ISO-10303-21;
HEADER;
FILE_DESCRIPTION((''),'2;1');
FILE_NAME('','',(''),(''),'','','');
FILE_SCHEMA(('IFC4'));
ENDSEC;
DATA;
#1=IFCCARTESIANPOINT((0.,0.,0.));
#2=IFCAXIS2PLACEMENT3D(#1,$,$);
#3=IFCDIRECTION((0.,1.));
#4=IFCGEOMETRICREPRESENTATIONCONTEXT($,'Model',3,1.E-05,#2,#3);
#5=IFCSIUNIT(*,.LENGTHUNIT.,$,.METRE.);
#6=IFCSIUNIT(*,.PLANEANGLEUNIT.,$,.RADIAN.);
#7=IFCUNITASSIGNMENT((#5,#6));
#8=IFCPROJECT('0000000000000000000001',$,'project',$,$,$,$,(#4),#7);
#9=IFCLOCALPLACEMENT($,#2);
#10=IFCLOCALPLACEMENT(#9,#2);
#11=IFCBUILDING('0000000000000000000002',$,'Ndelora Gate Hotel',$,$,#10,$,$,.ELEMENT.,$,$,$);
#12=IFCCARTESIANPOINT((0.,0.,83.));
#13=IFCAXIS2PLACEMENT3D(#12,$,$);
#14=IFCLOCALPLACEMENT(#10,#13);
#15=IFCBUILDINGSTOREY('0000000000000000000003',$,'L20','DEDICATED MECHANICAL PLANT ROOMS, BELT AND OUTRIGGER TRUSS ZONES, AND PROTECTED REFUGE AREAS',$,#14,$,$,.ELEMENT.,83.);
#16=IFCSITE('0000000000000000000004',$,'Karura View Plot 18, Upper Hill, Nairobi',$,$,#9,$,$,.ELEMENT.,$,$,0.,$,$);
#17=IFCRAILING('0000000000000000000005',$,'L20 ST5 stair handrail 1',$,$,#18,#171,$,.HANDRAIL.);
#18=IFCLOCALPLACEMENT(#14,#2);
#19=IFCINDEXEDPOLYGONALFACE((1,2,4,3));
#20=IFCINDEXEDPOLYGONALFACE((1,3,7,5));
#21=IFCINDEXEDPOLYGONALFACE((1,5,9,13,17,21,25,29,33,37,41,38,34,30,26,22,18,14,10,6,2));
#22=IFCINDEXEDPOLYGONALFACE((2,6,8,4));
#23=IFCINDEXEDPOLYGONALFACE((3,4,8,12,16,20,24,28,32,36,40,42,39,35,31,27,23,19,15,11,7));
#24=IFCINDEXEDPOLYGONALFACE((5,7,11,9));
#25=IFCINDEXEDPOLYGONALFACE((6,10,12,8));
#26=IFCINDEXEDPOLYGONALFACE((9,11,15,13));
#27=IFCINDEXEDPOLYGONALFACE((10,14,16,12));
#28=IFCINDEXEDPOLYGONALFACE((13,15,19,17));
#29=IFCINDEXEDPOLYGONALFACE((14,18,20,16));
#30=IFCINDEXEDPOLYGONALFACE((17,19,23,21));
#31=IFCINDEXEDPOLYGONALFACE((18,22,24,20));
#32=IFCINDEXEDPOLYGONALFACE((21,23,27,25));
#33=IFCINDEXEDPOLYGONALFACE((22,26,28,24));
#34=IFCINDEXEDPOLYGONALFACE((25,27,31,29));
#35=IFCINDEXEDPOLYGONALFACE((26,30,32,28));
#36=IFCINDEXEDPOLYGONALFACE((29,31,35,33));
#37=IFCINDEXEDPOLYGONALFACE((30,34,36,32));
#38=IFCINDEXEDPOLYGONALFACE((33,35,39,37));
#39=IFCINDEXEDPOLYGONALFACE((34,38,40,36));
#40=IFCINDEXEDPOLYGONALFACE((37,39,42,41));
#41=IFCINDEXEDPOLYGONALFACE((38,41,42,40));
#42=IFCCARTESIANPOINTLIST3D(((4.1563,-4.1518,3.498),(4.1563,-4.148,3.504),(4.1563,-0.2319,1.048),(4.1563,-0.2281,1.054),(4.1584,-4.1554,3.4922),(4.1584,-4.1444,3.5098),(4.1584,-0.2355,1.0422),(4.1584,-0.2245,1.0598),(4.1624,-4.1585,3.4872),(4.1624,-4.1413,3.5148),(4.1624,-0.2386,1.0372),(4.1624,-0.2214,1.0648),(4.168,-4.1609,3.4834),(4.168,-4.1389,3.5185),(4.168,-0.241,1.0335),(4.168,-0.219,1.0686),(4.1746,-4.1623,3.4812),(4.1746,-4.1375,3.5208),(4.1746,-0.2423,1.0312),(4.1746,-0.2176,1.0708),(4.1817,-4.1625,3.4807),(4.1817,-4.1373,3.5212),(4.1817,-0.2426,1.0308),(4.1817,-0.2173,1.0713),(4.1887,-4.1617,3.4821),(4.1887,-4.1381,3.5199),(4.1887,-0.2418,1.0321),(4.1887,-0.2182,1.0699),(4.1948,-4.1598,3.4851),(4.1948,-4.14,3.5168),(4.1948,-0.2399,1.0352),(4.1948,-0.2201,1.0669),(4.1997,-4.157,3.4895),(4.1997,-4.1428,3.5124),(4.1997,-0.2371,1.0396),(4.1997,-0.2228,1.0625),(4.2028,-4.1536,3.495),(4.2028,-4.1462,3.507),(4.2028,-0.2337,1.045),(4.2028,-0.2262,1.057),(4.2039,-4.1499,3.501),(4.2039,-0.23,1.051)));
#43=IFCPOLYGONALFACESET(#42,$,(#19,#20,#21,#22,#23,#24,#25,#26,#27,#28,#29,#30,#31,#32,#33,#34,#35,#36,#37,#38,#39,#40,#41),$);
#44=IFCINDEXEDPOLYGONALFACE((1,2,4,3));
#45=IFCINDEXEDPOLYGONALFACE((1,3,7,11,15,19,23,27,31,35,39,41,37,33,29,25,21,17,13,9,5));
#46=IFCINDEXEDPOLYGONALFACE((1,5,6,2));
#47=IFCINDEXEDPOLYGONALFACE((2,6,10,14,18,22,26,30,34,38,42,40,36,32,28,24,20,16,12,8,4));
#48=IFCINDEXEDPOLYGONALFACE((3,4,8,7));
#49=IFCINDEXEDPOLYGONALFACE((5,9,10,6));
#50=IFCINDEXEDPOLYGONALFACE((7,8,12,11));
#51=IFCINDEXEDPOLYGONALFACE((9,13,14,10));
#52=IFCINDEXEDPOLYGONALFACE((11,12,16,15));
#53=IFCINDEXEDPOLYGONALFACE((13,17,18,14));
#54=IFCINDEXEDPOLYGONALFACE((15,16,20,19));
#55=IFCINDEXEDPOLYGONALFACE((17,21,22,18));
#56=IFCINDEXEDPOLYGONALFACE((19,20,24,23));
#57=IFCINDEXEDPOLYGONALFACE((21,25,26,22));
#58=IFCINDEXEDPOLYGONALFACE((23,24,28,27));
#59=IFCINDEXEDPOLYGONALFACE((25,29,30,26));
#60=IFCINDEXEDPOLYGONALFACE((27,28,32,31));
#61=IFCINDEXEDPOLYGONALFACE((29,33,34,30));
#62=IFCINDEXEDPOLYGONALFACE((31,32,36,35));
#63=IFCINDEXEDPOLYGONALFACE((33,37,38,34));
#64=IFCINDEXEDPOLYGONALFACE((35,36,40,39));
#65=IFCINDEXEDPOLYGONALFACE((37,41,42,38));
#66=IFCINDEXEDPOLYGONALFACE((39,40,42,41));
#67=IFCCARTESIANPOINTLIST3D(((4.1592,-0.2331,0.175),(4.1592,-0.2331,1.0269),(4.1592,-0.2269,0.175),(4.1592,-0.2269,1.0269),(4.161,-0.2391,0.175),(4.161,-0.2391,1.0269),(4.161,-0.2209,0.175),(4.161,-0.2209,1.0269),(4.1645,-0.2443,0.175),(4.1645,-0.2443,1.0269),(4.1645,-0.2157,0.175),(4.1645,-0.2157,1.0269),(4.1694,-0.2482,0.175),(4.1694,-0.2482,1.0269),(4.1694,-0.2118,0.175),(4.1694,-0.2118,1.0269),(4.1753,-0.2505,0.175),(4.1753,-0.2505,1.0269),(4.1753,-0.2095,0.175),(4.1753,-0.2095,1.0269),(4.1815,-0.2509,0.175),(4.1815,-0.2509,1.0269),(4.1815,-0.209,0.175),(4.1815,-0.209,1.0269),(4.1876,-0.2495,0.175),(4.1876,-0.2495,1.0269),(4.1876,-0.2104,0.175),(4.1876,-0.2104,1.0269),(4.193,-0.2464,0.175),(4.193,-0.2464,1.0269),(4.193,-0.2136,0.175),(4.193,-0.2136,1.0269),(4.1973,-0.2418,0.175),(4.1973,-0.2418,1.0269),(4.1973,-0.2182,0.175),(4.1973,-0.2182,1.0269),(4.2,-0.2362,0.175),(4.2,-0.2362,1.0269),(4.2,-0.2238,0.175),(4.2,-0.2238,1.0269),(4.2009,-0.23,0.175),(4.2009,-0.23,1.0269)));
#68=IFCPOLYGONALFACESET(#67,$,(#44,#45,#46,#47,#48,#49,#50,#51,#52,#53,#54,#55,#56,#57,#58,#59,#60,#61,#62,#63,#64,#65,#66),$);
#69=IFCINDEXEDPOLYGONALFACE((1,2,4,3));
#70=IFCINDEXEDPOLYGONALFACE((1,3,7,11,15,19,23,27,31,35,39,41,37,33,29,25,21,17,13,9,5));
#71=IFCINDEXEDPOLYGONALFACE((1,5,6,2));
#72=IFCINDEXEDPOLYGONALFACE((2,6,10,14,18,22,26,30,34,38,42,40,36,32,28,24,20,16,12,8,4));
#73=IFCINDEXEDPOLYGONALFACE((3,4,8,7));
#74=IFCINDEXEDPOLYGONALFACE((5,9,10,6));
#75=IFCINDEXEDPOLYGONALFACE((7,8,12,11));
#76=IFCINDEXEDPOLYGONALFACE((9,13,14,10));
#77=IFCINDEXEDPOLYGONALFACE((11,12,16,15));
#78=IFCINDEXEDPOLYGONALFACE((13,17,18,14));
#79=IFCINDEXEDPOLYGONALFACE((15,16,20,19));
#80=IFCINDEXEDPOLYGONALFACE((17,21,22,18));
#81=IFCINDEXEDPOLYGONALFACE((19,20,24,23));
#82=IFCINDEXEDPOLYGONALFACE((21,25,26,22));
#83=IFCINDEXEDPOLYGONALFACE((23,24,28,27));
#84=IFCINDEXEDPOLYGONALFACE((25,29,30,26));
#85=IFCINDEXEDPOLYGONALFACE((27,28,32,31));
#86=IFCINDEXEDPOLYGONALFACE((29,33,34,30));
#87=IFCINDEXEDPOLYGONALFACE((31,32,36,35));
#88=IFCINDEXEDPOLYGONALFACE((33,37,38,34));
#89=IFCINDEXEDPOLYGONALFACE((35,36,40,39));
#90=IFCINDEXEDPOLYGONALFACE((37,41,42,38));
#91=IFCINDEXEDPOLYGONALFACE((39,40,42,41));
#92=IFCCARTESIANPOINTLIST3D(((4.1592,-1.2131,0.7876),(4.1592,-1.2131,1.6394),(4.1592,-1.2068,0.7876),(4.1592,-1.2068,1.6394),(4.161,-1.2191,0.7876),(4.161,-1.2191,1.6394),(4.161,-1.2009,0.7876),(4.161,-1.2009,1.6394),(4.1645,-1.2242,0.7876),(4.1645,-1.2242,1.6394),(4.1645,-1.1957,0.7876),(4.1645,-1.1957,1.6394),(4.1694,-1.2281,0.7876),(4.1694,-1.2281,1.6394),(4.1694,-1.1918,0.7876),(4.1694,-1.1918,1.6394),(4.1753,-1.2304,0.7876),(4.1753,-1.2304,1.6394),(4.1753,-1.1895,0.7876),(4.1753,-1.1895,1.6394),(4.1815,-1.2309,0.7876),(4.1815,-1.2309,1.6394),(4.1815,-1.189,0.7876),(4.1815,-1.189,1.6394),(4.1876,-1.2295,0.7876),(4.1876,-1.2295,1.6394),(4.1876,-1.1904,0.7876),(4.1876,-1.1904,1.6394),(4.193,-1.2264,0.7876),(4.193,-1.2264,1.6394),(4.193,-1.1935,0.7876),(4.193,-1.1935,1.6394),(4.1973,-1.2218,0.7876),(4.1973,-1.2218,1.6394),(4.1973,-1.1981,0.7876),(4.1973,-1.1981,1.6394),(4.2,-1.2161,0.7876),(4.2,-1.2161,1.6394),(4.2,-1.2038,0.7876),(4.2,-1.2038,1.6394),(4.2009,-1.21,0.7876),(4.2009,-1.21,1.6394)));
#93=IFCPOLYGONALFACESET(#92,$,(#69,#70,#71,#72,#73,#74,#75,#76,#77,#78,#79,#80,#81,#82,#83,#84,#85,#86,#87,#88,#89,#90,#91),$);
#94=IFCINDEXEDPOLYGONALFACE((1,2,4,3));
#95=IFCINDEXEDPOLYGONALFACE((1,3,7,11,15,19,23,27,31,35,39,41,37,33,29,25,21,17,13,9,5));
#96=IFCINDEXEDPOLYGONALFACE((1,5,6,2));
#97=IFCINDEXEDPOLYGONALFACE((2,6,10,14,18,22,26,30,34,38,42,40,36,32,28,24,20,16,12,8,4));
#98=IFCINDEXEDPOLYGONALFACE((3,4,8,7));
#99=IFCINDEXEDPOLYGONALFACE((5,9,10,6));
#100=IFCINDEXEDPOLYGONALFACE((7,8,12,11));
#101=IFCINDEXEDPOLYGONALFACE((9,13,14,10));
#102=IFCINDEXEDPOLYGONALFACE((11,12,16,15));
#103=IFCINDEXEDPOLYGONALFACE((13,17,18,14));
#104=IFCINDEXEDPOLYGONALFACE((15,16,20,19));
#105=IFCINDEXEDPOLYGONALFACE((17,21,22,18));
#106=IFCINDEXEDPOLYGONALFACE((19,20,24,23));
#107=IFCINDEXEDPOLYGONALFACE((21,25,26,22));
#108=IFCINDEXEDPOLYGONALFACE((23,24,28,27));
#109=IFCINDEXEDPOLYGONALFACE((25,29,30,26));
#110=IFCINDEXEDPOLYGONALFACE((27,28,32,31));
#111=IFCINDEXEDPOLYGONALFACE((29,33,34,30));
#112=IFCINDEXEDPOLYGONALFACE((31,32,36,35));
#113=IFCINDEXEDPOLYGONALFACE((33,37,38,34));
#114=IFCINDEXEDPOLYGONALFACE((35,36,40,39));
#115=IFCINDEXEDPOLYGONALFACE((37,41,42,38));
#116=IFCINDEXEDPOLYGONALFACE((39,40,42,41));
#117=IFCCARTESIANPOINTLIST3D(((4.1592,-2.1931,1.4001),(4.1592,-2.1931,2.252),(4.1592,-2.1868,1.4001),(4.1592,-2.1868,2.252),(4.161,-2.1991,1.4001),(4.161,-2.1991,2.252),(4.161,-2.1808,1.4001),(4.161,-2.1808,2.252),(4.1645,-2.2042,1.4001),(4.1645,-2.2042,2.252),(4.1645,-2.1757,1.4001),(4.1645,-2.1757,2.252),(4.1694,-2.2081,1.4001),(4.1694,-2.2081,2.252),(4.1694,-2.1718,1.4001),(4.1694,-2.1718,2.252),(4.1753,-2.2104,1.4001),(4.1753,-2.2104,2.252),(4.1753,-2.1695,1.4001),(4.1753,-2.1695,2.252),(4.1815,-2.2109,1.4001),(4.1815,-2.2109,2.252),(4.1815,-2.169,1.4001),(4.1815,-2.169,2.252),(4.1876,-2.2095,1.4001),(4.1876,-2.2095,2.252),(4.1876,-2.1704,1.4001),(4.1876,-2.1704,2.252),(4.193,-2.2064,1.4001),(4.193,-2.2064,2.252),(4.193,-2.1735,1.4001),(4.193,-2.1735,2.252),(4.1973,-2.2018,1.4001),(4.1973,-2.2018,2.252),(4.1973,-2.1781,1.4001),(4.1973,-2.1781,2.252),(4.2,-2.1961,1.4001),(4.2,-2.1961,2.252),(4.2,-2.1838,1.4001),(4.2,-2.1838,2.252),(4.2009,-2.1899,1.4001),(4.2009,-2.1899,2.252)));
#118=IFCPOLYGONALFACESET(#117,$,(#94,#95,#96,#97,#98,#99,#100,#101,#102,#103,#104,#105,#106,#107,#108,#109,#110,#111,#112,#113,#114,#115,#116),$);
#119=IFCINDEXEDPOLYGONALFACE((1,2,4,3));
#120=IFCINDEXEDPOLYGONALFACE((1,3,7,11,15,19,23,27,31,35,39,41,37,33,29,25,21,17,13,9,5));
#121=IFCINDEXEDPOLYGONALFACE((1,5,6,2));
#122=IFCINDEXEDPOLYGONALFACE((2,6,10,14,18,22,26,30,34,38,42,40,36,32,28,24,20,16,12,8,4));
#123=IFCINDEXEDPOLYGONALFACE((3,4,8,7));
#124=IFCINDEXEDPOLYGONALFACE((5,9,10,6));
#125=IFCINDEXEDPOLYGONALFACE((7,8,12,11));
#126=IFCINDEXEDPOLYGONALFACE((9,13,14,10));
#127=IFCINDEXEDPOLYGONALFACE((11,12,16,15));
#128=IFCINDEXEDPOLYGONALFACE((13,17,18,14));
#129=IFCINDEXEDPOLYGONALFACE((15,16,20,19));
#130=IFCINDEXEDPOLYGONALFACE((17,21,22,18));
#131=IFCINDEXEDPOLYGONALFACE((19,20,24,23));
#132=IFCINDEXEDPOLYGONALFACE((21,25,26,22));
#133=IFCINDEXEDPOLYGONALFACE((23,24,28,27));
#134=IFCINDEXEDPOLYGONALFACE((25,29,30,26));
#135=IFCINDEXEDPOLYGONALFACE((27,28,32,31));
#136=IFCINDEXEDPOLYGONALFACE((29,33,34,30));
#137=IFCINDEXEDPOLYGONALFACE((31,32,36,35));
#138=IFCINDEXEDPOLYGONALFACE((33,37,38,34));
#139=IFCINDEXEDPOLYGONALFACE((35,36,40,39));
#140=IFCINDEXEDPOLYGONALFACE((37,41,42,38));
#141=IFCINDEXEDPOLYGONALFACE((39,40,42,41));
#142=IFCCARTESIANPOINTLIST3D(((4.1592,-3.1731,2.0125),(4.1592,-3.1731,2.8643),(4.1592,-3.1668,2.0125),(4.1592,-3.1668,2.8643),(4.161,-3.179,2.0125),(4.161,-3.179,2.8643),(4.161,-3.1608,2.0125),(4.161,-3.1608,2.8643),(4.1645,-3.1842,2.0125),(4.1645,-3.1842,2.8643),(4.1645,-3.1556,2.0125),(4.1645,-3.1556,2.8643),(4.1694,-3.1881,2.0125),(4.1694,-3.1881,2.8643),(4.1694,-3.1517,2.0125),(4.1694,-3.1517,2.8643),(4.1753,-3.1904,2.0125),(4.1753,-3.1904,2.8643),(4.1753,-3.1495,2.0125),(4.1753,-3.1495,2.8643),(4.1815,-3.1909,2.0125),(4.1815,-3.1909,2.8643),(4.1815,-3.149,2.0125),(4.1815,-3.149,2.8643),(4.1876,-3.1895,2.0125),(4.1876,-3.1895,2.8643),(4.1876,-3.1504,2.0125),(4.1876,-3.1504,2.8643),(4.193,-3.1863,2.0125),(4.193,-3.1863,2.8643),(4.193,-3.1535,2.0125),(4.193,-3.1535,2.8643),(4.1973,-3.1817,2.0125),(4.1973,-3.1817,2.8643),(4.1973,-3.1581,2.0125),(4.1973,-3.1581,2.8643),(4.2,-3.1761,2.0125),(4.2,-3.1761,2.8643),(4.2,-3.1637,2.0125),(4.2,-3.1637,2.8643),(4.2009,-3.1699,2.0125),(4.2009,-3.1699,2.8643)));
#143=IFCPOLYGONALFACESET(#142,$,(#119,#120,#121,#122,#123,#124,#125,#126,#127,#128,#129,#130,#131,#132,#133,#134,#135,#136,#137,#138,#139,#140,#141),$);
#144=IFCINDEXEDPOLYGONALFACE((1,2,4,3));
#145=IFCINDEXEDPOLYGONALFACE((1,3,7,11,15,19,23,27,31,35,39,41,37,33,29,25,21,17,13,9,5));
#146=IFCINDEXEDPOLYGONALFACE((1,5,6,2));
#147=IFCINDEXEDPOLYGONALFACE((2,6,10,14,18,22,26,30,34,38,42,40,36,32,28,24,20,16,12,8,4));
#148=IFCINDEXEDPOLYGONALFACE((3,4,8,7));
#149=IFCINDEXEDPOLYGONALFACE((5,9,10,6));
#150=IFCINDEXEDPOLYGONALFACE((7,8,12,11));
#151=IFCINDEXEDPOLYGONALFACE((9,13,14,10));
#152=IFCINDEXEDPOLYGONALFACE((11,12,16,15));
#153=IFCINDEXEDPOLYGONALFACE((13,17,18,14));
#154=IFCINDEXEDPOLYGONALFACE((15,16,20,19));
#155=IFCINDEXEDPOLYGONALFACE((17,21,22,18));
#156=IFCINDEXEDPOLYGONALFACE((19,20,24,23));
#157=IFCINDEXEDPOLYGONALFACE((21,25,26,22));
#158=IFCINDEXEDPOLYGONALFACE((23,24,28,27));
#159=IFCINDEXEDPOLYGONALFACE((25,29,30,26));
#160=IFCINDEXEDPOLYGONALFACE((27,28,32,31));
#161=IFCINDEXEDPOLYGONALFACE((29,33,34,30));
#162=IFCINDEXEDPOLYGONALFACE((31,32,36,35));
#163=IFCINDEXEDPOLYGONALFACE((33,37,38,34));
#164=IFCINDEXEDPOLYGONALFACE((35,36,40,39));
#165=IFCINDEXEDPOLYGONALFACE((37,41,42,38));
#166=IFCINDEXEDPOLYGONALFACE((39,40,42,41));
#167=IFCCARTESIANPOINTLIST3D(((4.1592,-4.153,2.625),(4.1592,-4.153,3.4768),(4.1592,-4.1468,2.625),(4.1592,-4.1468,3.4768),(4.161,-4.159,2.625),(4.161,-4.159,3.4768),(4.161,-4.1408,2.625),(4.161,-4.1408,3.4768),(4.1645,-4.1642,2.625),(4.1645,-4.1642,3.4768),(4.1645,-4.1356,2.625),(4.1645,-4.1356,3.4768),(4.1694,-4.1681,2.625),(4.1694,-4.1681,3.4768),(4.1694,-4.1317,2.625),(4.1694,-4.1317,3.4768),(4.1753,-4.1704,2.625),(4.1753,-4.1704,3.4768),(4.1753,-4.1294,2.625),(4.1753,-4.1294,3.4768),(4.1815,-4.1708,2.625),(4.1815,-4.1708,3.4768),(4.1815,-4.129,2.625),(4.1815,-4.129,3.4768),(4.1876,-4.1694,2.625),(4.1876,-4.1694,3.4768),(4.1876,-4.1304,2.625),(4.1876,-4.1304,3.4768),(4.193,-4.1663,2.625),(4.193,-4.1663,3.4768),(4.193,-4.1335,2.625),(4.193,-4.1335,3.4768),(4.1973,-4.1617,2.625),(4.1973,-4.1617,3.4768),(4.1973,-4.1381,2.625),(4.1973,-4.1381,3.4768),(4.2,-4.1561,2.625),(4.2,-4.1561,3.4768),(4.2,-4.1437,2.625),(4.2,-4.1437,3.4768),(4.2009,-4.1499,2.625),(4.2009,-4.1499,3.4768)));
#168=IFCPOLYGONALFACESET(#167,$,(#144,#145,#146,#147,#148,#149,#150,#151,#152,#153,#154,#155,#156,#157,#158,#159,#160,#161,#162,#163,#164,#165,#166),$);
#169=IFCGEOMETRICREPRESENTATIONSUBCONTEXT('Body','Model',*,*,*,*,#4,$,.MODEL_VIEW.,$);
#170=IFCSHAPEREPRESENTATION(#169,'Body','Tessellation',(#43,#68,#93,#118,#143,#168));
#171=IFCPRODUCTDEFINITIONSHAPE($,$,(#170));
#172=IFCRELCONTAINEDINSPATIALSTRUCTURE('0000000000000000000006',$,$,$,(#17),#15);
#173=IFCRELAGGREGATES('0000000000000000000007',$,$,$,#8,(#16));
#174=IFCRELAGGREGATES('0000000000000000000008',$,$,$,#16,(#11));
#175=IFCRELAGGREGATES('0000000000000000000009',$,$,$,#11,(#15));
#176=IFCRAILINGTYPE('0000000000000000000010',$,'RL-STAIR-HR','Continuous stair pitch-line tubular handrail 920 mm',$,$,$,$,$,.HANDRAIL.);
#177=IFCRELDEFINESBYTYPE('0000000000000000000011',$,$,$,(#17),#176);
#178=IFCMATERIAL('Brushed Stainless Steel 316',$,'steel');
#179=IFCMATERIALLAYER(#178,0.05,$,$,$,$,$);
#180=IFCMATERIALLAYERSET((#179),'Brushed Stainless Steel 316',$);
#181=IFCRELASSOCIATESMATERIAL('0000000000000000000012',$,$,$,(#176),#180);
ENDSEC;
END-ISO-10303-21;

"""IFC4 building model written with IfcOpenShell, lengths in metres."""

from ifc_helpers import new_model, si_unit, direction, frame, origin, origin_2d, place, context, subcontext, project, spatial, circle, extrude, material, layer, layer_set, type_object, element, save


model = new_model("IFC4")

# Units and contexts
model_context = context("Model", 3, precision=1e-05, world=origin(), true_north=direction((0.0, 1.0)))
body_context = subcontext(model_context, "Body", "Model", "MODEL_VIEW")
ifc_project = project(units=[si_unit("LENGTHUNIT", "METRE"), si_unit("PLANEANGLEUNIT", "RADIAN")], contexts=[model_context])

# Site, building, storey
site_placement = place(None, origin())
site = spatial("IfcSite", under=ifc_project, at=site_placement, Name="Karura View Plot 18, Upper Hill, Nairobi", CompositionType="ELEMENT", RefElevation=0.0)
building_placement = place(site_placement, origin())
building = spatial("IfcBuilding", under=site, at=building_placement, Name="Ndelora Gate Hotel", CompositionType="ELEMENT")
storey_placement = place(building_placement, frame((0.0, 0.0, 83.0)))
storey = spatial("IfcBuildingStorey", under=building, at=storey_placement, Name="L20", Description="DEDICATED MECHANICAL PLANT ROOMS, BELT AND OUTRIGGER TRUSS ZONES, AND PROTECTED REFUGE AREAS", CompositionType="ELEMENT", Elevation=83.0)

# Railing
ifc_material_1 = material(Name="Brushed Stainless Steel 316", Category="steel")
ifc_layer_1 = layer(ifc_material_1, 0.05)
ifc_layer_set_1 = layer_set([ifc_layer_1], Name="Brushed Stainless Steel 316")
railing_type_1 = type_object("IfcRailingType", Name="RL-STAIR-HR", Description="Continuous stair pitch-line tubular handrail 920 mm", PredefinedType="HANDRAIL", material=ifc_layer_set_1)
railing_1_placement = place(storey_placement, frame((4.1799, -0.23, 0.175)))
element("IfcRailing", 1, at=railing_1_placement, inside=storey, type_object=railing_type_1, Name="L20 ST5 stair handrail 1", PredefinedType="HANDRAIL", context=body_context, shape_type="SweptSolid", body=[
    extrude(circle(Radius=0.0239, at=origin_2d()), frame((0.0, 0.0, 0.876), z_axis=(0.0, -0.847998, 0.529999), x_axis=(1.0, 0.0, 0.0)), (0.0, 0.0, 1.0), 4.6226),
    extrude(circle(Radius=0.021, at=origin_2d()), origin(), (0.0, 0.0, 1.0), 0.8518),
    extrude(circle(Radius=0.021, at=origin_2d()), frame((0.0, -0.98, 0.6125)), (0.0, 0.0, 1.0), 0.8518),
    extrude(circle(Radius=0.021, at=origin_2d()), frame((0.0, -1.96, 1.2251)), (0.0, 0.0, 1.0), 0.8518),
    extrude(circle(Radius=0.021, at=origin_2d()), frame((0.0, -2.9399, 1.8374)), (0.0, 0.0, 1.0), 0.8518),
    extrude(circle(Radius=0.021, at=origin_2d()), frame((0.0, -3.9199, 2.45)), (0.0, 0.0, 1.0), 0.8518),
])

save(model, "model.ifc")
